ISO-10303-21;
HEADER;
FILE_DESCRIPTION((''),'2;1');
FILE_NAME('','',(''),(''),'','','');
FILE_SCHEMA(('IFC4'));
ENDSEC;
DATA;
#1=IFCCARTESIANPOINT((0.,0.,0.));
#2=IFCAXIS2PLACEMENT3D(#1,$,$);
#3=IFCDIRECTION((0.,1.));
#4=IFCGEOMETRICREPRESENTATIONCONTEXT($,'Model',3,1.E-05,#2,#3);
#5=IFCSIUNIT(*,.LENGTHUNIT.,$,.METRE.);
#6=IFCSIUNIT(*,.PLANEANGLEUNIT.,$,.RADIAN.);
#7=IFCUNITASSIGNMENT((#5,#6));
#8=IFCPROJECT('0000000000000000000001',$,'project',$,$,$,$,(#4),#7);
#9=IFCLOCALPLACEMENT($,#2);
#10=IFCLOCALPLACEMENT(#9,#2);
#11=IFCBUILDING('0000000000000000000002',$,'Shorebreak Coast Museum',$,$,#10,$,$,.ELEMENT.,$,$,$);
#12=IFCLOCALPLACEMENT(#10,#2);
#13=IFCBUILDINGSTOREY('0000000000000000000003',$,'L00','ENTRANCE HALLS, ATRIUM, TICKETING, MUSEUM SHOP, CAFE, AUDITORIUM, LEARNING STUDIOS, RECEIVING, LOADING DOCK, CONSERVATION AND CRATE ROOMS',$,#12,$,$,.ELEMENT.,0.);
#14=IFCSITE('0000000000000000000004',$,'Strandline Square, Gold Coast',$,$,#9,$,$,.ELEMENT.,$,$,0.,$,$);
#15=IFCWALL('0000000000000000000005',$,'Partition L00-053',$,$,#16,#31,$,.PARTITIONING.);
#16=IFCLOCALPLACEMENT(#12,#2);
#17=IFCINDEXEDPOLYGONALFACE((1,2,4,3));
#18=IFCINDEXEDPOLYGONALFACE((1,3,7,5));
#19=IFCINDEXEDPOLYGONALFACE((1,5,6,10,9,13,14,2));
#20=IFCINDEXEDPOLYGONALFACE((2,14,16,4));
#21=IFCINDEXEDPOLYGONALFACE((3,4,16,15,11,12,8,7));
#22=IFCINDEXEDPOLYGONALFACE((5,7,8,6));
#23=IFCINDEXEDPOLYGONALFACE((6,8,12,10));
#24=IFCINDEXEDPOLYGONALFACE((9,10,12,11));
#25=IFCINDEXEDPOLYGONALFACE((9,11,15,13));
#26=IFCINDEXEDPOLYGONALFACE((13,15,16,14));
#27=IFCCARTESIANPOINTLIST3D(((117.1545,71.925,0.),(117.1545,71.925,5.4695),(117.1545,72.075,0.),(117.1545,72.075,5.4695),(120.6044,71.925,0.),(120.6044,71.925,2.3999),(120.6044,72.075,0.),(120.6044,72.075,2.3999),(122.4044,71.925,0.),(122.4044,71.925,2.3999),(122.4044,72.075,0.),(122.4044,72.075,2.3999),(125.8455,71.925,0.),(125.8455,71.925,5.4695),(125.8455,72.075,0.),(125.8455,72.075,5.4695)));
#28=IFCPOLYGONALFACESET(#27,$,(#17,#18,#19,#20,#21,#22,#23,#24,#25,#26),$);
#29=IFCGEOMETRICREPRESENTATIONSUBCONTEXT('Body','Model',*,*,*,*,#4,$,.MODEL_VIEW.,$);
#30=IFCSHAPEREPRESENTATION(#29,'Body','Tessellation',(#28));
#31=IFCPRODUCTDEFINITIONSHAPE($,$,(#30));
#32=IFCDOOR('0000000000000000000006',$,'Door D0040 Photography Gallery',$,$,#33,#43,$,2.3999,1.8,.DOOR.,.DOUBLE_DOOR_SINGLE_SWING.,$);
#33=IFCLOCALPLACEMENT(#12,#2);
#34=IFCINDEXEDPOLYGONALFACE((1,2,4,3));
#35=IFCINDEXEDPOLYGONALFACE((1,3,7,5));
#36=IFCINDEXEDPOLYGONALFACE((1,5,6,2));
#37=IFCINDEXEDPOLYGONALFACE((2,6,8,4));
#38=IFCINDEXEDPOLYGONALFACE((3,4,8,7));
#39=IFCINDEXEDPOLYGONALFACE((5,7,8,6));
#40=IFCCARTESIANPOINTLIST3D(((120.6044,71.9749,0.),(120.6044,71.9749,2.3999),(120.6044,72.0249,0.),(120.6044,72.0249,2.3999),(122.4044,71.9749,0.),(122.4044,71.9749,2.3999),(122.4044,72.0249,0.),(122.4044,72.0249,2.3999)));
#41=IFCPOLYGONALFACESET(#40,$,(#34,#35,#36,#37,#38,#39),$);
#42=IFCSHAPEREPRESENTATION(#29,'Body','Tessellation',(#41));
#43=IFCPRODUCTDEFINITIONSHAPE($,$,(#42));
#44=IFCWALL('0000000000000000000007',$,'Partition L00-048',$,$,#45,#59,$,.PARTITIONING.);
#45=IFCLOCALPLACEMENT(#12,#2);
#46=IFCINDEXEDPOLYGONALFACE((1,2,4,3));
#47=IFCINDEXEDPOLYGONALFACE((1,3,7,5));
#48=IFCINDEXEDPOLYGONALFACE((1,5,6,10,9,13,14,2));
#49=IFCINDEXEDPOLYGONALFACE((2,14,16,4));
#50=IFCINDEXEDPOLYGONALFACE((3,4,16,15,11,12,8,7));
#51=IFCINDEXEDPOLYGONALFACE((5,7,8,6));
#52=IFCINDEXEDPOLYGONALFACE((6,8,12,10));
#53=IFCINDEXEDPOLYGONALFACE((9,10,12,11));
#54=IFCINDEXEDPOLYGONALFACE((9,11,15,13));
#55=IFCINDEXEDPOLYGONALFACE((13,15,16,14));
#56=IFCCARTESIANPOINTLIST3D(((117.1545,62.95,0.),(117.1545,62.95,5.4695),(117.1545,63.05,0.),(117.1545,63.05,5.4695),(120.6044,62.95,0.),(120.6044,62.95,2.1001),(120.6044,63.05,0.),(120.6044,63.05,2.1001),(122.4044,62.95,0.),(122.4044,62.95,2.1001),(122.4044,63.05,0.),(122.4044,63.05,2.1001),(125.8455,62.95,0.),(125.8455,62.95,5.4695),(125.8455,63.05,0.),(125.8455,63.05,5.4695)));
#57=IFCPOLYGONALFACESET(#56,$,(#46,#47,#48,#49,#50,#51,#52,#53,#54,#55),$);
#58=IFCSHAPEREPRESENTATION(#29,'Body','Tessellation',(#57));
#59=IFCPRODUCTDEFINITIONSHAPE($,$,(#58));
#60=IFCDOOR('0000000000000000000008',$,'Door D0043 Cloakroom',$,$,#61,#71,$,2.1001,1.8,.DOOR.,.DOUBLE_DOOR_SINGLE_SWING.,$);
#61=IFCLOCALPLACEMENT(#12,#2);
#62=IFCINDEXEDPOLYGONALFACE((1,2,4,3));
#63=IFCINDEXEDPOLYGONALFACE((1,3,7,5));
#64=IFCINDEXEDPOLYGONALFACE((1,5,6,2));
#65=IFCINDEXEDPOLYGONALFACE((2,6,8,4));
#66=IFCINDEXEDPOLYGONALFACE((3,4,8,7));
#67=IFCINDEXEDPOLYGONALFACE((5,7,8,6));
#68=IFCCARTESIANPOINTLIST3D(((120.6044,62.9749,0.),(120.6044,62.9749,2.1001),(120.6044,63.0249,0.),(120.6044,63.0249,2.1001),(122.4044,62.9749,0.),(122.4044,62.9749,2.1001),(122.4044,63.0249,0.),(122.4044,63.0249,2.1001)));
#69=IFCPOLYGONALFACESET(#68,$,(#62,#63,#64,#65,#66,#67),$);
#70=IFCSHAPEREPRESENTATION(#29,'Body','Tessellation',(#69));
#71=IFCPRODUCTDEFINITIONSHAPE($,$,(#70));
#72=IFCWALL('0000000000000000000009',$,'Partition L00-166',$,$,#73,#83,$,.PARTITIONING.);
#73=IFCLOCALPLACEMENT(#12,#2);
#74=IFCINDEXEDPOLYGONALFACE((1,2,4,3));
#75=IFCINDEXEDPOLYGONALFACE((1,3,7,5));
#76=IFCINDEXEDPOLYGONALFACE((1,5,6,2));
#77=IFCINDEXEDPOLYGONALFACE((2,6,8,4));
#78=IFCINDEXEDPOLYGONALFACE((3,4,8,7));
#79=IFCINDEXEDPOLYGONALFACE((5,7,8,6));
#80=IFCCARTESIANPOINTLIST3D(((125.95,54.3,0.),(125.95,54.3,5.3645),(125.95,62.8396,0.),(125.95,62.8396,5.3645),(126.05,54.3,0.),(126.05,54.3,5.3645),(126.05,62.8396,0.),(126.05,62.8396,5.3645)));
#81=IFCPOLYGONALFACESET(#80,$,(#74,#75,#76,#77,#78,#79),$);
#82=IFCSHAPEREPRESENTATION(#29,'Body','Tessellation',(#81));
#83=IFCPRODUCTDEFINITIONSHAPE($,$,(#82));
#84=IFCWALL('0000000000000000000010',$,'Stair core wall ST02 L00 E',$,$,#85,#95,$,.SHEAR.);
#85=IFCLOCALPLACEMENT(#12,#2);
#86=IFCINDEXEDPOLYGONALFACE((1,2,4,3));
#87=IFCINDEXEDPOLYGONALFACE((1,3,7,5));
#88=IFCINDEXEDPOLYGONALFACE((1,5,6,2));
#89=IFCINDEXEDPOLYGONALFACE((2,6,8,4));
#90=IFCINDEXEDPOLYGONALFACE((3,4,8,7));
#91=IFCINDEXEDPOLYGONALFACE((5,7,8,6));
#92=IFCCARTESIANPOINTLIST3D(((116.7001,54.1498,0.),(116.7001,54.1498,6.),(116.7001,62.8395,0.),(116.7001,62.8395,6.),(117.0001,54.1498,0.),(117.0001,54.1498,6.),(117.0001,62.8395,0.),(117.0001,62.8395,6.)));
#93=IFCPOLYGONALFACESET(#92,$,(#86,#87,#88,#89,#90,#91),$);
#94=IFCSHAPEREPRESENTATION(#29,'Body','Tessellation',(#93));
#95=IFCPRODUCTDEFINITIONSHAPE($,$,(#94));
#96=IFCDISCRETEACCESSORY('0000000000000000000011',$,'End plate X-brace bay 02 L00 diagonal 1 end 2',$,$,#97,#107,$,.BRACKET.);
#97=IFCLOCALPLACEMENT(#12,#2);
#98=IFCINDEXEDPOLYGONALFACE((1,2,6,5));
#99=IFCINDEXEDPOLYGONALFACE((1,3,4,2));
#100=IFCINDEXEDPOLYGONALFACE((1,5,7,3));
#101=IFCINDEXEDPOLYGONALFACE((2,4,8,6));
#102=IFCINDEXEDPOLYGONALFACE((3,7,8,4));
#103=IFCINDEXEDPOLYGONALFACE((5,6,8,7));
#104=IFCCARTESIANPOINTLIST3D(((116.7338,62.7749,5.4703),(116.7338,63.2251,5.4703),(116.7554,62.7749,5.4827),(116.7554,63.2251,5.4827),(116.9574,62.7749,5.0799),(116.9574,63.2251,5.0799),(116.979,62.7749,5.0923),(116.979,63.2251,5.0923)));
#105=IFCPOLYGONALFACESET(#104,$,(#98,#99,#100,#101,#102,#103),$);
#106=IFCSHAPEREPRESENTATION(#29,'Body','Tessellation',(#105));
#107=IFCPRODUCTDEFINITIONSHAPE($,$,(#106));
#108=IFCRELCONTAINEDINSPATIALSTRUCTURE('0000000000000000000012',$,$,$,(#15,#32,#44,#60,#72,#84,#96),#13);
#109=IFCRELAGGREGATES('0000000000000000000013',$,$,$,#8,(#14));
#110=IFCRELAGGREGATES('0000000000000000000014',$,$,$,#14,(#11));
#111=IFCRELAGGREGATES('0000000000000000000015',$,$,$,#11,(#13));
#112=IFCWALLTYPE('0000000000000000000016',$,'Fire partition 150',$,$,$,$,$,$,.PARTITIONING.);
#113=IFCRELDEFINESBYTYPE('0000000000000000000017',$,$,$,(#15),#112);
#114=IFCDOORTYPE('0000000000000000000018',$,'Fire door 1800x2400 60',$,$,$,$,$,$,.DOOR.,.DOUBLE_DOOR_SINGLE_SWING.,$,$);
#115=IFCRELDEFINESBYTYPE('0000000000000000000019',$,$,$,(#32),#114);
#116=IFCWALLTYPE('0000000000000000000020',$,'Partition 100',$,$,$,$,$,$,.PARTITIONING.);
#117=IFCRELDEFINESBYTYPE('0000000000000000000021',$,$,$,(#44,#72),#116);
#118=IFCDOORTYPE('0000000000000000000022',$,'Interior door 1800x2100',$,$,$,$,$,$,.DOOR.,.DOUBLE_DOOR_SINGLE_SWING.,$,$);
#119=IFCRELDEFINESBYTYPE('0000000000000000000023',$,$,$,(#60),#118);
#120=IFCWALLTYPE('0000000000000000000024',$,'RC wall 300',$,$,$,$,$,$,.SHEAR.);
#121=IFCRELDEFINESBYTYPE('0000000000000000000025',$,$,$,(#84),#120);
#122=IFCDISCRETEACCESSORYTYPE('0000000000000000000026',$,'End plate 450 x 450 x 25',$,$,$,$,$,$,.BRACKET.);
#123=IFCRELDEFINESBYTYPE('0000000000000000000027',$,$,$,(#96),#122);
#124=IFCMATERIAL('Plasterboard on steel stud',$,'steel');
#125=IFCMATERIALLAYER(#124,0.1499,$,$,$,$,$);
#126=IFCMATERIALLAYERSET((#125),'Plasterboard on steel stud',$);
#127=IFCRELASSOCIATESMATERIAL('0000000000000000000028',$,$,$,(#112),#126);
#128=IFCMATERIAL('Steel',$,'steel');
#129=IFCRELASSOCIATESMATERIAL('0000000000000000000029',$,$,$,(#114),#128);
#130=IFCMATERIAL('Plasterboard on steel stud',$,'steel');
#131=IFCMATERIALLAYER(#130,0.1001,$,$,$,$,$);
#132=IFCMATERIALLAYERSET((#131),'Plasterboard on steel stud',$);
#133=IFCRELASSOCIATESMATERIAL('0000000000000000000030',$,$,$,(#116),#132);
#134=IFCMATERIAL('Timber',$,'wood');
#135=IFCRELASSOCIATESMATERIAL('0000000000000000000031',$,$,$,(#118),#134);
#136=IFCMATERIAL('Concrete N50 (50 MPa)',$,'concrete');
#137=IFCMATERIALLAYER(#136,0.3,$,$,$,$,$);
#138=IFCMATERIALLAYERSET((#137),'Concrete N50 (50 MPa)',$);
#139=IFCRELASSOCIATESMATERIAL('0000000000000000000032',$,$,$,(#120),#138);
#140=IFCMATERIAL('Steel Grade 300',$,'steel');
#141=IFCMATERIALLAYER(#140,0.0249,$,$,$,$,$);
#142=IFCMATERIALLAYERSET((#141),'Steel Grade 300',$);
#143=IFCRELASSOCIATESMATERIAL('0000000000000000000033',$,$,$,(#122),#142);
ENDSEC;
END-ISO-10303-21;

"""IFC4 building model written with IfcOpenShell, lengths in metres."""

from ifc_helpers import new_model, si_unit, direction, frame, frame_2d, origin, place, context, subcontext, project, spatial, polyline, rectangle, outline, extrude, material, layer, layer_set, type_object, element, fill, save


model = new_model("IFC4")

# Units and contexts
model_context = context("Model", 3, precision=1e-05, world=origin(), true_north=direction((0.0, 1.0)))
body_context = subcontext(model_context, "Body", "Model", "MODEL_VIEW")
ifc_project = project(units=[si_unit("LENGTHUNIT", "METRE"), si_unit("PLANEANGLEUNIT", "RADIAN")], contexts=[model_context])

# Site, building, storey
site_placement = place(None, origin())
site = spatial("IfcSite", under=ifc_project, at=site_placement, Name="Strandline Square, Gold Coast", CompositionType="ELEMENT", RefElevation=0.0)
building_placement = place(site_placement, origin())
building = spatial("IfcBuilding", under=site, at=building_placement, Name="Shorebreak Coast Museum", CompositionType="ELEMENT")
storey_placement = place(building_placement, origin())
storey = spatial("IfcBuildingStorey", under=building, at=storey_placement, Name="L00", Description="ENTRANCE HALLS, ATRIUM, TICKETING, MUSEUM SHOP, CAFE, AUDITORIUM, LEARNING STUDIOS, RECEIVING, LOADING DOCK, CONSERVATION AND CRATE ROOMS", CompositionType="ELEMENT", Elevation=0.0)

# Walls, openings, doors
ifc_material_1 = material(Name="Plasterboard on steel stud", Category="steel")
ifc_layer_1 = layer(ifc_material_1, 0.1499)
ifc_layer_set_1 = layer_set([ifc_layer_1], Name="Plasterboard on steel stud")
wall_type_1 = type_object("IfcWallType", Name="Fire partition 150", PredefinedType="PARTITIONING", material=ifc_layer_set_1)
wall_1_placement = place(storey_placement, frame((117.1545, 72.0, 0.0), z_axis=(0.0, 0.0, 1.0), x_axis=(1.0, 0.0, 0.0)))
wall_1 = element("IfcWall", 1, at=wall_1_placement, inside=storey, type_object=wall_type_1, Name="Partition L00-053", PredefinedType="PARTITIONING", context=body_context, shape_type="SweptSolid", body=[
    extrude(rectangle(XDim=8.6909, YDim=0.1499, at=frame_2d((4.3455, 0.0))), origin(), (0.0, 0.0, 1.0), 5.4695),
])
opening_1_placement = place(wall_1_placement, frame((3.45, 0.0, 0.0)))
opening_1 = element("IfcOpeningElement", 2, at=opening_1_placement, cuts=wall_1, PredefinedType="OPENING", context=body_context, shape_type="SweptSolid", body=[
    extrude(rectangle(XDim=1.8, YDim=2.3999, at=frame_2d((0.8999, 1.2))), frame((0.0, 0.085, 0.0), z_axis=(0.0, -1.0, 0.0), x_axis=(1.0, 0.0, 0.0)), (0.0, 0.0, 1.0), 0.1699),
])
ifc_material_2 = material(Name="Steel", Category="steel")
door_type_1 = type_object("IfcDoorType", Name="Fire door 1800x2400 60", OperationType="DOUBLE_DOOR_SINGLE_SWING", PredefinedType="DOOR", material=ifc_material_2)
door_1_placement = place(opening_1_placement, origin())
door_1 = element("IfcDoor", 3, at=door_1_placement, inside=storey, type_object=door_type_1, Name="Door D0040 Photography Gallery", OperationType="DOUBLE_DOOR_SINGLE_SWING", OverallHeight=2.3999, OverallWidth=1.8, PredefinedType="DOOR", context=body_context, shape_type="SweptSolid", body=[
    extrude(rectangle(XDim=1.8, YDim=2.3999, at=frame_2d((0.8999, 1.2))), frame((0.0, 0.0249, 0.0), z_axis=(0.0, -1.0, 0.0), x_axis=(1.0, 0.0, 0.0)), (0.0, 0.0, 1.0), 0.05),
])
fill(opening_1, door_1)
ifc_material_3 = material(Name="Plasterboard on steel stud", Category="steel")
ifc_layer_2 = layer(ifc_material_3, 0.1001)
ifc_layer_set_2 = layer_set([ifc_layer_2], Name="Plasterboard on steel stud")
wall_type_2 = type_object("IfcWallType", Name="Partition 100", PredefinedType="PARTITIONING", material=ifc_layer_set_2)
wall_2_placement = place(storey_placement, frame((117.1545, 63.0, 0.0), z_axis=(0.0, 0.0, 1.0), x_axis=(1.0, 0.0, 0.0)))
wall_2 = element("IfcWall", 4, at=wall_2_placement, inside=storey, type_object=wall_type_2, Name="Partition L00-048", PredefinedType="PARTITIONING", context=body_context, shape_type="SweptSolid", body=[
    extrude(rectangle(XDim=8.6909, YDim=0.1001, at=frame_2d((4.3455, 0.0))), origin(), (0.0, 0.0, 1.0), 5.4695),
])
opening_2_placement = place(wall_2_placement, frame((3.45, 0.0, 0.0)))
opening_2 = element("IfcOpeningElement", 5, at=opening_2_placement, cuts=wall_2, PredefinedType="OPENING", context=body_context, shape_type="SweptSolid", body=[
    extrude(rectangle(XDim=1.8, YDim=2.1001, at=frame_2d((0.8999, 1.05))), frame((0.0, 0.0601, 0.0), z_axis=(0.0, -1.0, 0.0), x_axis=(1.0, 0.0, 0.0)), (0.0, 0.0, 1.0), 0.1201),
])
ifc_material_4 = material(Name="Timber", Category="wood")
door_type_2 = type_object("IfcDoorType", Name="Interior door 1800x2100", OperationType="DOUBLE_DOOR_SINGLE_SWING", PredefinedType="DOOR", material=ifc_material_4)
door_2_placement = place(opening_2_placement, origin())
door_2 = element("IfcDoor", 6, at=door_2_placement, inside=storey, type_object=door_type_2, Name="Door D0043 Cloakroom", OperationType="DOUBLE_DOOR_SINGLE_SWING", OverallHeight=2.1001, OverallWidth=1.8, PredefinedType="DOOR", context=body_context, shape_type="SweptSolid", body=[
    extrude(rectangle(XDim=1.8, YDim=2.1001, at=frame_2d((0.8999, 1.05))), frame((0.0, 0.0249, 0.0), z_axis=(0.0, -1.0, 0.0), x_axis=(1.0, 0.0, 0.0)), (0.0, 0.0, 1.0), 0.05),
])
fill(opening_2, door_2)

# Walls
wall_3_placement = place(storey_placement, frame((126.0, 54.3, 0.0), z_axis=(0.0, 0.0, 1.0), x_axis=(0.0, 1.0, 0.0)))
element("IfcWall", 7, at=wall_3_placement, inside=storey, type_object=wall_type_2, Name="Partition L00-166", PredefinedType="PARTITIONING", context=body_context, shape_type="SweptSolid", body=[
    extrude(rectangle(XDim=8.5396, YDim=0.1001, at=frame_2d((4.2698, 0.0))), origin(), (0.0, 0.0, 1.0), 5.3645),
])
ifc_material_5 = material(Name="Concrete N50 (50 MPa)", Category="concrete")
ifc_layer_3 = layer(ifc_material_5, 0.3)
ifc_layer_set_3 = layer_set([ifc_layer_3], Name="Concrete N50 (50 MPa)")
wall_type_3 = type_object("IfcWallType", Name="RC wall 300", PredefinedType="SHEAR", material=ifc_layer_set_3)
wall_4_placement = place(storey_placement, frame((116.8501, 54.1499, 0.0), z_axis=(0.0, 0.0, 1.0), x_axis=(0.0, 1.0, 0.0)))
element("IfcWall", 8, at=wall_4_placement, inside=storey, type_object=wall_type_3, Name="Stair core wall ST02 L00 E", PredefinedType="SHEAR", context=body_context, shape_type="SweptSolid", body=[
    extrude(rectangle(XDim=8.6897, YDim=0.3, at=frame_2d((4.3447, 0.0))), origin(), (0.0, 0.0, 1.0), 6.0),
])

# Discrete accessory
ifc_material_6 = material(Name="Steel Grade 300", Category="steel")
ifc_layer_4 = layer(ifc_material_6, 0.0249)
ifc_layer_set_4 = layer_set([ifc_layer_4], Name="Steel Grade 300")
discrete_accessory_type = type_object("IfcDiscreteAccessoryType", Name="End plate 450 x 450 x 25", PredefinedType="BRACKET", material=ifc_layer_set_4)
discrete_accessory_placement = place(storey_placement, frame((116.979, 62.7749, 5.0923), z_axis=(0.867708, 0.0, 0.497074), x_axis=(0.0, 1.0, 0.0)))
element("IfcDiscreteAccessory", 9, at=discrete_accessory_placement, inside=storey, type_object=discrete_accessory_type, Name="End plate X-brace bay 02 L00 diagonal 1 end 2", PredefinedType="BRACKET", context=body_context, shape_type="SweptSolid", body=[
    extrude(outline(polyline([(0.0, 0.0), (0.4502, 0.0), (0.4502, 0.4499), (0.0, 0.4499), (0.0, 0.0)])), origin(), (0.0, 0.0, -1.0), 0.0249),
])

save(model, "model.ifc")
